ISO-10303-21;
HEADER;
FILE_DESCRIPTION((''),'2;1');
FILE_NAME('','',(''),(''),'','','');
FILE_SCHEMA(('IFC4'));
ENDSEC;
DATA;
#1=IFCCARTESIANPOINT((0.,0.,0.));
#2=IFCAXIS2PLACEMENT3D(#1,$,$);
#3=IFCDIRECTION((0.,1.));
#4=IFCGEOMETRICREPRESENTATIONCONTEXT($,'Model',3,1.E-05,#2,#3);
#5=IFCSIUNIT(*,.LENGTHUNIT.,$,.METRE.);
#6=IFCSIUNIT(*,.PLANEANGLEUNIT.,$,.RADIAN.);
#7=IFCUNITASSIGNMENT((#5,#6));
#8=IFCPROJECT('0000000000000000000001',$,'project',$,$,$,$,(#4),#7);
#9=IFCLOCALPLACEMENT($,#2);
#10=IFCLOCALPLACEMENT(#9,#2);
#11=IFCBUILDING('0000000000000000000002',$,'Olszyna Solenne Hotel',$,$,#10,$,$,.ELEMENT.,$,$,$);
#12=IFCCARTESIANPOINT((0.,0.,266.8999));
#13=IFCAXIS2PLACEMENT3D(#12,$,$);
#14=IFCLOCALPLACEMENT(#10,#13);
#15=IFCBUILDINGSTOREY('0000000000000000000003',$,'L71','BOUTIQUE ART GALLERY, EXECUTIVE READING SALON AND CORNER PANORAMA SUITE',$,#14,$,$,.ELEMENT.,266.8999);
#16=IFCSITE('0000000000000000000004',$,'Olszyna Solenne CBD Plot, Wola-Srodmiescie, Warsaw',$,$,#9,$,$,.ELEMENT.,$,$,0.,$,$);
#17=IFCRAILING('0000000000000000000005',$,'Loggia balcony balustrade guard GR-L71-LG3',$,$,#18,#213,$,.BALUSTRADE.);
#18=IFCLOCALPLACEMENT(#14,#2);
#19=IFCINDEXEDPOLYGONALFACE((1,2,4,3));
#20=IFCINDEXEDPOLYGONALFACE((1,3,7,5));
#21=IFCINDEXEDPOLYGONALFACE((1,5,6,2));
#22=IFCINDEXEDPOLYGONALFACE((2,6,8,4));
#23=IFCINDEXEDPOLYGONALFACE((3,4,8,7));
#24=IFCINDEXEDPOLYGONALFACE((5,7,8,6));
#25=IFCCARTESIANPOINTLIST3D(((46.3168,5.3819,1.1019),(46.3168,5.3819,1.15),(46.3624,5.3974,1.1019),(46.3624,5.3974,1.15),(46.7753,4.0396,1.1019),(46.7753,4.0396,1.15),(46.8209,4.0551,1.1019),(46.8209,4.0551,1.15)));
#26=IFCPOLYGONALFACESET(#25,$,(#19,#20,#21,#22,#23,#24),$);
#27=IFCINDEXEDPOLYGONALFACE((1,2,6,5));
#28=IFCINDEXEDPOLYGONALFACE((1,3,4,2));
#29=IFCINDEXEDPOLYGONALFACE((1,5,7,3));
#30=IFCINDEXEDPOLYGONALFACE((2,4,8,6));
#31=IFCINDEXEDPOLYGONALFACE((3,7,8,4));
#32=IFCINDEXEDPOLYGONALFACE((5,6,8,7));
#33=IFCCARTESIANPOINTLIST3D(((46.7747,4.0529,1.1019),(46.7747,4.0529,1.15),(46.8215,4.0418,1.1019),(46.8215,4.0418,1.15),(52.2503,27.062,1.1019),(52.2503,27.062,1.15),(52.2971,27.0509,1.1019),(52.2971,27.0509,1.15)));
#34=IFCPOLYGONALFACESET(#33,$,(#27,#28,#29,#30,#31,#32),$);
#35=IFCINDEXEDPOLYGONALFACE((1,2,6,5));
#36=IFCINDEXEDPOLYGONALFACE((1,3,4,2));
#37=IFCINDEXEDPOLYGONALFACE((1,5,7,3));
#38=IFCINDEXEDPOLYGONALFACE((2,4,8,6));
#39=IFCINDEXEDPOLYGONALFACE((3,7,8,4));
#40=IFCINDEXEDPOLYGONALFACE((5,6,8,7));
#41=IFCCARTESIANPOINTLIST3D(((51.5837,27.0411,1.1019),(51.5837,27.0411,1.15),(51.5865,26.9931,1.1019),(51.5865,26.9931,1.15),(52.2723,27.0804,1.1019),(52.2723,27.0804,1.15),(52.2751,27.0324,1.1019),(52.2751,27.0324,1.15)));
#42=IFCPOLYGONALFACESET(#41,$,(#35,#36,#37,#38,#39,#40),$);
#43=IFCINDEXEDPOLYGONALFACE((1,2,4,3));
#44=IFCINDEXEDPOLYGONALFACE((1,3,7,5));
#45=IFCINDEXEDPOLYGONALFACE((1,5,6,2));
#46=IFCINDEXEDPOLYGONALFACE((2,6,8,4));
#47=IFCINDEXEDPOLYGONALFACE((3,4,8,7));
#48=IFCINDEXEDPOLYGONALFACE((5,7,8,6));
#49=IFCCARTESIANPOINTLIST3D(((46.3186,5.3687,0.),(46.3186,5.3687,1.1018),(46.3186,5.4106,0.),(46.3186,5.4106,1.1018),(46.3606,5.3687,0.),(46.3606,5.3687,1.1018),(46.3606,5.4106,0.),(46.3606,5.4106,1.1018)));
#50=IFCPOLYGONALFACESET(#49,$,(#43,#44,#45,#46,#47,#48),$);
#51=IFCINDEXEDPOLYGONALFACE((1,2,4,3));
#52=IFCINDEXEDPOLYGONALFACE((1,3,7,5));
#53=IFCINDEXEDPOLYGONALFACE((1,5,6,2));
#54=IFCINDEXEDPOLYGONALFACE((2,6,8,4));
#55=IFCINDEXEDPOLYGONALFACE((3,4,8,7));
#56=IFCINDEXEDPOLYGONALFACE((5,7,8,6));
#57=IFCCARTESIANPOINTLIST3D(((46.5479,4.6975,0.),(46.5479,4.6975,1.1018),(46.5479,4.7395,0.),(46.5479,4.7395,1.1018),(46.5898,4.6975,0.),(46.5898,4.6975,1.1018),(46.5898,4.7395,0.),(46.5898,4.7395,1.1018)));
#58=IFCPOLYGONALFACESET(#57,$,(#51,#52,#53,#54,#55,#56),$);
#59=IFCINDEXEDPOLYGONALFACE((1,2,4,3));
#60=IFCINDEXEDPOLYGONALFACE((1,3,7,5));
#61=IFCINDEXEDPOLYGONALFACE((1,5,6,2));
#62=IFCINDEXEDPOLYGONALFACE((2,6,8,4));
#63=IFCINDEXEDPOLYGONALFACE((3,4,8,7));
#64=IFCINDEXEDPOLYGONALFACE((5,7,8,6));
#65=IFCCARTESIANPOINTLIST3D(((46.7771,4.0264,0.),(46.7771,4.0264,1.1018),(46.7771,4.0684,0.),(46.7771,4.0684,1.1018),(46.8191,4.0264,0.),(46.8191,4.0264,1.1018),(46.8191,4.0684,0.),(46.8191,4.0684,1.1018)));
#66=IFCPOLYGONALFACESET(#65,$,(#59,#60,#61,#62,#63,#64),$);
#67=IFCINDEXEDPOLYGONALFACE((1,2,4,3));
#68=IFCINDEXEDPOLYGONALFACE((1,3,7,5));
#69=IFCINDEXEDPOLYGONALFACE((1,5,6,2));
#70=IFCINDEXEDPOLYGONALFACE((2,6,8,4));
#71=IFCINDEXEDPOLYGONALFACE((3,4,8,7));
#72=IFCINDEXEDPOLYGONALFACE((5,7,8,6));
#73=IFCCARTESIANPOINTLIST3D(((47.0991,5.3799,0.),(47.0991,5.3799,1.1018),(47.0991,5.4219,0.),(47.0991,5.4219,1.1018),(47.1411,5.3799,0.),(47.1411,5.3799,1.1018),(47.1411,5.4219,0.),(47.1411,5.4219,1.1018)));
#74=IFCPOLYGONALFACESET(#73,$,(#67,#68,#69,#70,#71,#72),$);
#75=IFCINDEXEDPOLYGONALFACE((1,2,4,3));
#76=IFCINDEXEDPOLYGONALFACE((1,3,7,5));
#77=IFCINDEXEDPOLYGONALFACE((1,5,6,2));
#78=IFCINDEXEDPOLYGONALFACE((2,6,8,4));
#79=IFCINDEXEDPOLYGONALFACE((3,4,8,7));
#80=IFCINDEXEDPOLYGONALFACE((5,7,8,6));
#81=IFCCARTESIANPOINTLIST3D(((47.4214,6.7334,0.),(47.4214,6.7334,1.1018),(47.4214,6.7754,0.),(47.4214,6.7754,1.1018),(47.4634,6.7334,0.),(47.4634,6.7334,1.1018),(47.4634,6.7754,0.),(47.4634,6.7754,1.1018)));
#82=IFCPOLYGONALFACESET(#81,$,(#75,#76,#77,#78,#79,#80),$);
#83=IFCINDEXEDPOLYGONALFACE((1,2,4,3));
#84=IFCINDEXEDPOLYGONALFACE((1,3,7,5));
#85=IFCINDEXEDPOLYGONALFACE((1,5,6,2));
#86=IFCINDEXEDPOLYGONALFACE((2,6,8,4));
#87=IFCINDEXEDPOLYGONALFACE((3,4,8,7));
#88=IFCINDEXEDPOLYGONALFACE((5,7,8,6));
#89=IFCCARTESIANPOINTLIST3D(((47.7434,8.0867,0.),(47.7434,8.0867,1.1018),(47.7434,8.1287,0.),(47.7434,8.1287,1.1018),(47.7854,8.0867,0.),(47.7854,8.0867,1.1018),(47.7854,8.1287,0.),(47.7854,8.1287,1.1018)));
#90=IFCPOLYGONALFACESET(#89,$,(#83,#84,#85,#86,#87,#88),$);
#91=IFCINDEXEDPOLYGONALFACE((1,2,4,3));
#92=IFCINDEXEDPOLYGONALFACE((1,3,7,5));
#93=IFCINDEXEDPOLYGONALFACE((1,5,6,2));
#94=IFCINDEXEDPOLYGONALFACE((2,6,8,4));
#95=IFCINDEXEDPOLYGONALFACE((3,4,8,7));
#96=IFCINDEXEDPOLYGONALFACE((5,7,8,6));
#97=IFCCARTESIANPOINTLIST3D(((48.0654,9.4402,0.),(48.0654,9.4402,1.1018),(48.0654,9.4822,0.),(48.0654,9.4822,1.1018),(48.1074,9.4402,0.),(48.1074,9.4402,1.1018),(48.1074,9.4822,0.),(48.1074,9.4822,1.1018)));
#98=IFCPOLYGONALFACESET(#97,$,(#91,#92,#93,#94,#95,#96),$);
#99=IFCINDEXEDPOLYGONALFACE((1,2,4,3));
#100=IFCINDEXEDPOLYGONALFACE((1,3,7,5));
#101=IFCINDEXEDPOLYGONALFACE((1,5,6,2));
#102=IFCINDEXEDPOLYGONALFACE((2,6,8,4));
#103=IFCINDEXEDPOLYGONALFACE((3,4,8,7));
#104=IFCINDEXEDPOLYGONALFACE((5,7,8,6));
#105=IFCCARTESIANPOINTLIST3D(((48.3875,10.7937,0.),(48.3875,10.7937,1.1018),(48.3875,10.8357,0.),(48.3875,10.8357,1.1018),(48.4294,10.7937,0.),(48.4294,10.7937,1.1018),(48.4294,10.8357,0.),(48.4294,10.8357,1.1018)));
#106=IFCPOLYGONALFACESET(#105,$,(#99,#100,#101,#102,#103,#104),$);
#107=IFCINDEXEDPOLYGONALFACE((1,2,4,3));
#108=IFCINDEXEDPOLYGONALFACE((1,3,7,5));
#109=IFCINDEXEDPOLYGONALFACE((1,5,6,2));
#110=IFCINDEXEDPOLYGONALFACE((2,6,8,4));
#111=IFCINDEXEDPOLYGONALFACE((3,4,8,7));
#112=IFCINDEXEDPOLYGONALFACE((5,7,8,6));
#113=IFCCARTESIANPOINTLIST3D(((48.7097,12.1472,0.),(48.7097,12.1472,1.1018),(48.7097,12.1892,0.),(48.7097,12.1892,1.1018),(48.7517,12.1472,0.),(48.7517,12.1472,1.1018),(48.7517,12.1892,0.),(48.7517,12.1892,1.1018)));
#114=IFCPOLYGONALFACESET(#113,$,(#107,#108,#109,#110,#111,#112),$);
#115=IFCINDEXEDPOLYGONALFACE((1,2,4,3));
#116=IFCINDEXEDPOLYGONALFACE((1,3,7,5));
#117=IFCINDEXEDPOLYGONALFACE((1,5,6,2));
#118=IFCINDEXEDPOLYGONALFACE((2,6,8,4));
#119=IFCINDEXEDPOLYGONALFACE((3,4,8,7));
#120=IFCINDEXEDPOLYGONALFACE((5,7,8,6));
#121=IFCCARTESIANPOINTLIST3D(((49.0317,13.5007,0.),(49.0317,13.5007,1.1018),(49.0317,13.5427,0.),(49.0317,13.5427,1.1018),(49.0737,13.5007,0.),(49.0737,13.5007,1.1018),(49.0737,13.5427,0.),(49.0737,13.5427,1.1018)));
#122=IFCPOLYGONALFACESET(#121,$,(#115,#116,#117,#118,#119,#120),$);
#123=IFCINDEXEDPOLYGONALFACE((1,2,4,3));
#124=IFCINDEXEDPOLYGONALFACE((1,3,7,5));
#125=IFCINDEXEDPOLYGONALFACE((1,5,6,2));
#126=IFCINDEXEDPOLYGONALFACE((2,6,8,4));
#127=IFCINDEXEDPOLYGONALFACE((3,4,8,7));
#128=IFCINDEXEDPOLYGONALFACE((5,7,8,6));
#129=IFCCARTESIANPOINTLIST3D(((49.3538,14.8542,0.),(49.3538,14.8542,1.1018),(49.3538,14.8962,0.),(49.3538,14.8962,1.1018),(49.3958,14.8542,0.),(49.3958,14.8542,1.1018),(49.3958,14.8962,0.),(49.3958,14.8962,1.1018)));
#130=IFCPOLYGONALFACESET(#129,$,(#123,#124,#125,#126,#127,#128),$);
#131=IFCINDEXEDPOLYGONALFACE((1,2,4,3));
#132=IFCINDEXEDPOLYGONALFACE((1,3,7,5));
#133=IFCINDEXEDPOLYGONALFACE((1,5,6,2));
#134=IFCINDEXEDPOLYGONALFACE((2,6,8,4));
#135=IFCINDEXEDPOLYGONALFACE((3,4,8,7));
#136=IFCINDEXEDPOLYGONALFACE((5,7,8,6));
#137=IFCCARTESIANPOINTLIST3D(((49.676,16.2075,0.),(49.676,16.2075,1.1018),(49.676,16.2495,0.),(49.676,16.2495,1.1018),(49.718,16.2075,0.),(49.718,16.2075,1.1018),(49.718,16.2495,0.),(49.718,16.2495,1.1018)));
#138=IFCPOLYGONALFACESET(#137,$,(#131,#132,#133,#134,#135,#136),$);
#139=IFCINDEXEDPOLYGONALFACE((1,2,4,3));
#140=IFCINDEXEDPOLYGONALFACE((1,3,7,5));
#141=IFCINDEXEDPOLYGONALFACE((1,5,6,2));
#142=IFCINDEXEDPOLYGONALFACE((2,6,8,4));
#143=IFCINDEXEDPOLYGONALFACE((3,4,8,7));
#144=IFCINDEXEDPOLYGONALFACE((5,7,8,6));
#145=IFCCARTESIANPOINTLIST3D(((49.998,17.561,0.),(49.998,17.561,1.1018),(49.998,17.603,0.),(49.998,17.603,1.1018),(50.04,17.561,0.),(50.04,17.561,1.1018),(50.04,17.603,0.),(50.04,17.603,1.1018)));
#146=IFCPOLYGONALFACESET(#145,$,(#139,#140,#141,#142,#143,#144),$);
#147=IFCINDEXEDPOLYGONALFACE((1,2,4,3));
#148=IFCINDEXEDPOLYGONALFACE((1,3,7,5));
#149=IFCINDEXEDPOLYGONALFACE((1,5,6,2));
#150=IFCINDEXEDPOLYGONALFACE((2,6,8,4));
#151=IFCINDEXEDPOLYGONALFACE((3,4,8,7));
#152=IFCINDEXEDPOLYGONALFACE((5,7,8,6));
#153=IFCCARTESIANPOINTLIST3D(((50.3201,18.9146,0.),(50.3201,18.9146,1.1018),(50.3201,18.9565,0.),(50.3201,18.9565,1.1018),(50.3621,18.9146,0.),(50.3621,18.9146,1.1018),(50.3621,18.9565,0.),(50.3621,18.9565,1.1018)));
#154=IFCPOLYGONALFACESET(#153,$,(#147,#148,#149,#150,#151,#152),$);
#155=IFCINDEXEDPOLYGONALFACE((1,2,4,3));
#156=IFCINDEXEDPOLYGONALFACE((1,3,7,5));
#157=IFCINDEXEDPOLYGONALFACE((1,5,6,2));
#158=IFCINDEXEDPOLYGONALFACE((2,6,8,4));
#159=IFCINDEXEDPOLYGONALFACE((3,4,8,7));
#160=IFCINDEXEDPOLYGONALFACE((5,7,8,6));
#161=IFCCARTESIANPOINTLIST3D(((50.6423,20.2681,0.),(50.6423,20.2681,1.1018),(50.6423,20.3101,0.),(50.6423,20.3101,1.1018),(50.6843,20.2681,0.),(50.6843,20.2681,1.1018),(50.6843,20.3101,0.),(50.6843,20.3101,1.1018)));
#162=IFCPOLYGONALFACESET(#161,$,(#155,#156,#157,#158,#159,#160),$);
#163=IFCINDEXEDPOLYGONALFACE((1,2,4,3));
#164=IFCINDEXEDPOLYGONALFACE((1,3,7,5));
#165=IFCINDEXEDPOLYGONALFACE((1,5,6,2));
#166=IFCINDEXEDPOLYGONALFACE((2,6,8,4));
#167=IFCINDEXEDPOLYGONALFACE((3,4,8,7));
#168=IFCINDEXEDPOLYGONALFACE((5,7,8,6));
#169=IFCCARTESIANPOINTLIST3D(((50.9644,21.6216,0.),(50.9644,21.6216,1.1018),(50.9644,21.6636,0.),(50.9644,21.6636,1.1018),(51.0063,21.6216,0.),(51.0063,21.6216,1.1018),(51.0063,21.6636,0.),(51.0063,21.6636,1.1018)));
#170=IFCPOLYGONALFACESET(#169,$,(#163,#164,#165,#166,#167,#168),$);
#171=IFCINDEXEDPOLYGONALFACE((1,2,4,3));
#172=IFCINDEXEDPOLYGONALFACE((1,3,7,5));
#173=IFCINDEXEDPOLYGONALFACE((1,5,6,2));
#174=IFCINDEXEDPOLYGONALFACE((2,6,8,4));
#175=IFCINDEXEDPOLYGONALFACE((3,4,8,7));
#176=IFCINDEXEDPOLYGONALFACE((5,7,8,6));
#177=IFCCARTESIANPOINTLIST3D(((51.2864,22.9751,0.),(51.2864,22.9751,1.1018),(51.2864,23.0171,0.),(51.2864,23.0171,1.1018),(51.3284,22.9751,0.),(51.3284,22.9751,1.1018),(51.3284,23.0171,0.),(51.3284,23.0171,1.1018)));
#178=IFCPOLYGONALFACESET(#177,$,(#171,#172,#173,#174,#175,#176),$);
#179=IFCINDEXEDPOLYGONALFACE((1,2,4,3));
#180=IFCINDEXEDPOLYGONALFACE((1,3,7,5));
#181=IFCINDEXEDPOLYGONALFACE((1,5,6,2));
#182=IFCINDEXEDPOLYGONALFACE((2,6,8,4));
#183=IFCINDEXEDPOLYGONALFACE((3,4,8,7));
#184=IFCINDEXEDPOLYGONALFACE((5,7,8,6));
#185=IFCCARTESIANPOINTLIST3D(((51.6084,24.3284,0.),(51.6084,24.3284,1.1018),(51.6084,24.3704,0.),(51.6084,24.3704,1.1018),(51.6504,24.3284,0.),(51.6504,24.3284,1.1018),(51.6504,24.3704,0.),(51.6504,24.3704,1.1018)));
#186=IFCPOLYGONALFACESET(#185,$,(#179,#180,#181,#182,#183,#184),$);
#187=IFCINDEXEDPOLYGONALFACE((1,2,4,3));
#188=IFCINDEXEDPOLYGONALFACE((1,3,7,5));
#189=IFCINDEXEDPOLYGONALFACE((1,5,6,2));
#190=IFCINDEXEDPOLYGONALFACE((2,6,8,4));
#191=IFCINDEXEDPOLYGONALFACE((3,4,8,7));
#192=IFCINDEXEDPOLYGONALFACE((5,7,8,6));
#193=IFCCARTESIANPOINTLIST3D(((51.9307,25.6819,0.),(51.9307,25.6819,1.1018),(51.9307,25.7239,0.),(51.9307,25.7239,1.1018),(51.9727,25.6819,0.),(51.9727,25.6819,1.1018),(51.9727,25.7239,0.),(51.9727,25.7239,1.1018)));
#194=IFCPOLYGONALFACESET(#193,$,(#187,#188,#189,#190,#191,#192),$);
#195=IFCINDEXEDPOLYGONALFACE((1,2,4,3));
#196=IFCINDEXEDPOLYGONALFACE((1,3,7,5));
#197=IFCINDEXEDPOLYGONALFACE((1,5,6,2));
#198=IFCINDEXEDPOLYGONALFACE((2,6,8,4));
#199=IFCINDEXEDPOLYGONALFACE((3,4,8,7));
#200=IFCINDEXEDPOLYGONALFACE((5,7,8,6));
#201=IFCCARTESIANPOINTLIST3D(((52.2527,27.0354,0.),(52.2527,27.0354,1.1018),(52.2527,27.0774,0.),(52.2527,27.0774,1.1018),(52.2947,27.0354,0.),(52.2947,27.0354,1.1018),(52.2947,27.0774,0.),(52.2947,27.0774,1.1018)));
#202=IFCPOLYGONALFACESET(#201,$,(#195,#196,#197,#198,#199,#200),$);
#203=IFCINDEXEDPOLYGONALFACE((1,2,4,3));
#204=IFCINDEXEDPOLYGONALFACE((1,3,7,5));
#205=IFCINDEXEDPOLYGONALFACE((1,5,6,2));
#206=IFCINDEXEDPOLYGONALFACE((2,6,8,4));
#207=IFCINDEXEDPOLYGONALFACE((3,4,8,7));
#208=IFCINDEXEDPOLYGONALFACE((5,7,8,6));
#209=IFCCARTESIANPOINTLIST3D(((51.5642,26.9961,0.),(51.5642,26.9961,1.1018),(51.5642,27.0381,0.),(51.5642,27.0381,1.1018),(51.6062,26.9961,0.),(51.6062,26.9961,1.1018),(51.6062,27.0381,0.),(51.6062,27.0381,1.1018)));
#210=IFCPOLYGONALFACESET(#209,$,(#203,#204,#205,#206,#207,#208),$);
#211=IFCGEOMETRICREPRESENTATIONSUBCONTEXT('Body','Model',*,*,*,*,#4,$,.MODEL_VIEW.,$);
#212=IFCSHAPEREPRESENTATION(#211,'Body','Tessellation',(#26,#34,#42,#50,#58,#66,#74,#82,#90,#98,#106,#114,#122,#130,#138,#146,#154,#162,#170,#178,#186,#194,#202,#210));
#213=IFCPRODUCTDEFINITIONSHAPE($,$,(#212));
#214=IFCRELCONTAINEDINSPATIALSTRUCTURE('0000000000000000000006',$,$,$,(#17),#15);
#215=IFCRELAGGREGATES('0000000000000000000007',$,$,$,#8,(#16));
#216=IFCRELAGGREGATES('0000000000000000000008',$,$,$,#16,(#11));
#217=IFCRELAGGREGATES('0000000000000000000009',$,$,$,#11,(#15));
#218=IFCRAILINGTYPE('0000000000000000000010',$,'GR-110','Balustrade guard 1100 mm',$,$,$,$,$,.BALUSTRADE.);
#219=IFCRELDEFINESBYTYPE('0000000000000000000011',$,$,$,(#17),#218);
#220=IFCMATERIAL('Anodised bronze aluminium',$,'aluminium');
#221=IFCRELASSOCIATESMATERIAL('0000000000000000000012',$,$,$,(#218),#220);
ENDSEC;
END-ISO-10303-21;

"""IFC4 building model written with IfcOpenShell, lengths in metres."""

from ifc_helpers import new_model, si_unit, direction, frame, origin, origin_2d, place, context, subcontext, project, spatial, rectangle, extrude, material, type_object, element, save


model = new_model("IFC4")

# Units and contexts
model_context = context("Model", 3, precision=1e-05, world=origin(), true_north=direction((0.0, 1.0)))
body_context = subcontext(model_context, "Body", "Model", "MODEL_VIEW")
ifc_project = project(units=[si_unit("LENGTHUNIT", "METRE"), si_unit("PLANEANGLEUNIT", "RADIAN")], contexts=[model_context])

# Site, building, storey
site_placement = place(None, origin())
site = spatial("IfcSite", under=ifc_project, at=site_placement, Name="Olszyna Solenne CBD Plot, Wola-Srodmiescie, Warsaw", CompositionType="ELEMENT", RefElevation=0.0)
building_placement = place(site_placement, origin())
building = spatial("IfcBuilding", under=site, at=building_placement, Name="Olszyna Solenne Hotel", CompositionType="ELEMENT")
storey_placement = place(building_placement, frame((0.0, 0.0, 266.8999)))
storey = spatial("IfcBuildingStorey", under=building, at=storey_placement, Name="L71", Description="BOUTIQUE ART GALLERY, EXECUTIVE READING SALON AND CORNER PANORAMA SUITE", CompositionType="ELEMENT", Elevation=266.8999)

# Shared definitions
ifc_material_1 = material(Name="Anodised bronze aluminium", Category="aluminium")

# Railing
railing_type = type_object("IfcRailingType", Name="GR-110", Description="Balustrade guard 1100 mm", PredefinedType="BALUSTRADE", material=ifc_material_1)
railing_placement = place(storey_placement, frame((46.3396, 5.3896, 0.0)))
element("IfcRailing", 1, at=railing_placement, inside=storey, type_object=railing_type, Name="Loggia balcony balustrade guard GR-L71-LG3", PredefinedType="BALUSTRADE", context=body_context, shape_type="SweptSolid", body=[
    extrude(rectangle(XDim=0.0481, YDim=0.0481, at=origin_2d()), frame((0.0, 0.0, 1.126), z_axis=(0.323242, -0.946316, 0.0), x_axis=(0.946316, 0.323242, 0.0)), (0.0, 0.0, 1.0), 1.4185),
    extrude(rectangle(XDim=0.0481, YDim=0.0481, at=origin_2d()), frame((0.4585, -1.3423, 1.126), z_axis=(0.23151, 0.972832, 0.0), x_axis=(-0.972832, 0.23151, 0.0)), (0.0, 0.0, 1.0), 23.6516),
    extrude(rectangle(XDim=0.0481, YDim=0.0481, at=origin_2d()), frame((5.9341, 21.6667, 1.126), z_axis=(-0.998374, -0.056999, 0.0), x_axis=(0.056999, -0.998374, 0.0)), (0.0, 0.0, 1.0), 0.6897),
    extrude(rectangle(XDim=0.042, YDim=0.042, at=origin_2d()), origin(), (0.0, 0.0, 1.0), 1.1018),
    extrude(rectangle(XDim=0.042, YDim=0.042, at=origin_2d()), frame((0.2292, -0.6711, 0.0)), (0.0, 0.0, 1.0), 1.1018),
    extrude(rectangle(XDim=0.042, YDim=0.042, at=origin_2d()), frame((0.4585, -1.3423, 0.0)), (0.0, 0.0, 1.0), 1.1018),
    extrude(rectangle(XDim=0.042, YDim=0.042, at=origin_2d()), frame((0.7805, 0.0112, 0.0)), (0.0, 0.0, 1.0), 1.1018),
    extrude(rectangle(XDim=0.042, YDim=0.042, at=origin_2d()), frame((1.1028, 1.3647, 0.0)), (0.0, 0.0, 1.0), 1.1018),
    extrude(rectangle(XDim=0.042, YDim=0.042, at=origin_2d()), frame((1.4248, 2.718, 0.0)), (0.0, 0.0, 1.0), 1.1018),
    extrude(rectangle(XDim=0.042, YDim=0.042, at=origin_2d()), frame((1.7468, 4.0715, 0.0)), (0.0, 0.0, 1.0), 1.1018),
    extrude(rectangle(XDim=0.042, YDim=0.042, at=origin_2d()), frame((2.0688, 5.425, 0.0)), (0.0, 0.0, 1.0), 1.1018),
    extrude(rectangle(XDim=0.042, YDim=0.042, at=origin_2d()), frame((2.3911, 6.7786, 0.0)), (0.0, 0.0, 1.0), 1.1018),
    extrude(rectangle(XDim=0.042, YDim=0.042, at=origin_2d()), frame((2.7131, 8.1321, 0.0)), (0.0, 0.0, 1.0), 1.1018),
    extrude(rectangle(XDim=0.042, YDim=0.042, at=origin_2d()), frame((3.0352, 9.4856, 0.0)), (0.0, 0.0, 1.0), 1.1018),
    extrude(rectangle(XDim=0.042, YDim=0.042, at=origin_2d()), frame((3.3574, 10.8389, 0.0)), (0.0, 0.0, 1.0), 1.1018),
    extrude(rectangle(XDim=0.042, YDim=0.042, at=origin_2d()), frame((3.6794, 12.1924, 0.0)), (0.0, 0.0, 1.0), 1.1018),
    extrude(rectangle(XDim=0.042, YDim=0.042, at=origin_2d()), frame((4.0015, 13.5459, 0.0)), (0.0, 0.0, 1.0), 1.1018),
    extrude(rectangle(XDim=0.042, YDim=0.042, at=origin_2d()), frame((4.3237, 14.8994, 0.0)), (0.0, 0.0, 1.0), 1.1018),
    extrude(rectangle(XDim=0.042, YDim=0.042, at=origin_2d()), frame((4.6458, 16.2529, 0.0)), (0.0, 0.0, 1.0), 1.1018),
    extrude(rectangle(XDim=0.042, YDim=0.042, at=origin_2d()), frame((4.9678, 17.6064, 0.0)), (0.0, 0.0, 1.0), 1.1018),
    extrude(rectangle(XDim=0.042, YDim=0.042, at=origin_2d()), frame((5.2898, 18.9597, 0.0)), (0.0, 0.0, 1.0), 1.1018),
    extrude(rectangle(XDim=0.042, YDim=0.042, at=origin_2d()), frame((5.6121, 20.3132, 0.0)), (0.0, 0.0, 1.0), 1.1018),
    extrude(rectangle(XDim=0.042, YDim=0.042, at=origin_2d()), frame((5.9341, 21.6667, 0.0)), (0.0, 0.0, 1.0), 1.1018),
    extrude(rectangle(XDim=0.042, YDim=0.042, at=origin_2d()), frame((5.2456, 21.6274, 0.0)), (0.0, 0.0, 1.0), 1.1018),
])

save(model, "model.ifc")
